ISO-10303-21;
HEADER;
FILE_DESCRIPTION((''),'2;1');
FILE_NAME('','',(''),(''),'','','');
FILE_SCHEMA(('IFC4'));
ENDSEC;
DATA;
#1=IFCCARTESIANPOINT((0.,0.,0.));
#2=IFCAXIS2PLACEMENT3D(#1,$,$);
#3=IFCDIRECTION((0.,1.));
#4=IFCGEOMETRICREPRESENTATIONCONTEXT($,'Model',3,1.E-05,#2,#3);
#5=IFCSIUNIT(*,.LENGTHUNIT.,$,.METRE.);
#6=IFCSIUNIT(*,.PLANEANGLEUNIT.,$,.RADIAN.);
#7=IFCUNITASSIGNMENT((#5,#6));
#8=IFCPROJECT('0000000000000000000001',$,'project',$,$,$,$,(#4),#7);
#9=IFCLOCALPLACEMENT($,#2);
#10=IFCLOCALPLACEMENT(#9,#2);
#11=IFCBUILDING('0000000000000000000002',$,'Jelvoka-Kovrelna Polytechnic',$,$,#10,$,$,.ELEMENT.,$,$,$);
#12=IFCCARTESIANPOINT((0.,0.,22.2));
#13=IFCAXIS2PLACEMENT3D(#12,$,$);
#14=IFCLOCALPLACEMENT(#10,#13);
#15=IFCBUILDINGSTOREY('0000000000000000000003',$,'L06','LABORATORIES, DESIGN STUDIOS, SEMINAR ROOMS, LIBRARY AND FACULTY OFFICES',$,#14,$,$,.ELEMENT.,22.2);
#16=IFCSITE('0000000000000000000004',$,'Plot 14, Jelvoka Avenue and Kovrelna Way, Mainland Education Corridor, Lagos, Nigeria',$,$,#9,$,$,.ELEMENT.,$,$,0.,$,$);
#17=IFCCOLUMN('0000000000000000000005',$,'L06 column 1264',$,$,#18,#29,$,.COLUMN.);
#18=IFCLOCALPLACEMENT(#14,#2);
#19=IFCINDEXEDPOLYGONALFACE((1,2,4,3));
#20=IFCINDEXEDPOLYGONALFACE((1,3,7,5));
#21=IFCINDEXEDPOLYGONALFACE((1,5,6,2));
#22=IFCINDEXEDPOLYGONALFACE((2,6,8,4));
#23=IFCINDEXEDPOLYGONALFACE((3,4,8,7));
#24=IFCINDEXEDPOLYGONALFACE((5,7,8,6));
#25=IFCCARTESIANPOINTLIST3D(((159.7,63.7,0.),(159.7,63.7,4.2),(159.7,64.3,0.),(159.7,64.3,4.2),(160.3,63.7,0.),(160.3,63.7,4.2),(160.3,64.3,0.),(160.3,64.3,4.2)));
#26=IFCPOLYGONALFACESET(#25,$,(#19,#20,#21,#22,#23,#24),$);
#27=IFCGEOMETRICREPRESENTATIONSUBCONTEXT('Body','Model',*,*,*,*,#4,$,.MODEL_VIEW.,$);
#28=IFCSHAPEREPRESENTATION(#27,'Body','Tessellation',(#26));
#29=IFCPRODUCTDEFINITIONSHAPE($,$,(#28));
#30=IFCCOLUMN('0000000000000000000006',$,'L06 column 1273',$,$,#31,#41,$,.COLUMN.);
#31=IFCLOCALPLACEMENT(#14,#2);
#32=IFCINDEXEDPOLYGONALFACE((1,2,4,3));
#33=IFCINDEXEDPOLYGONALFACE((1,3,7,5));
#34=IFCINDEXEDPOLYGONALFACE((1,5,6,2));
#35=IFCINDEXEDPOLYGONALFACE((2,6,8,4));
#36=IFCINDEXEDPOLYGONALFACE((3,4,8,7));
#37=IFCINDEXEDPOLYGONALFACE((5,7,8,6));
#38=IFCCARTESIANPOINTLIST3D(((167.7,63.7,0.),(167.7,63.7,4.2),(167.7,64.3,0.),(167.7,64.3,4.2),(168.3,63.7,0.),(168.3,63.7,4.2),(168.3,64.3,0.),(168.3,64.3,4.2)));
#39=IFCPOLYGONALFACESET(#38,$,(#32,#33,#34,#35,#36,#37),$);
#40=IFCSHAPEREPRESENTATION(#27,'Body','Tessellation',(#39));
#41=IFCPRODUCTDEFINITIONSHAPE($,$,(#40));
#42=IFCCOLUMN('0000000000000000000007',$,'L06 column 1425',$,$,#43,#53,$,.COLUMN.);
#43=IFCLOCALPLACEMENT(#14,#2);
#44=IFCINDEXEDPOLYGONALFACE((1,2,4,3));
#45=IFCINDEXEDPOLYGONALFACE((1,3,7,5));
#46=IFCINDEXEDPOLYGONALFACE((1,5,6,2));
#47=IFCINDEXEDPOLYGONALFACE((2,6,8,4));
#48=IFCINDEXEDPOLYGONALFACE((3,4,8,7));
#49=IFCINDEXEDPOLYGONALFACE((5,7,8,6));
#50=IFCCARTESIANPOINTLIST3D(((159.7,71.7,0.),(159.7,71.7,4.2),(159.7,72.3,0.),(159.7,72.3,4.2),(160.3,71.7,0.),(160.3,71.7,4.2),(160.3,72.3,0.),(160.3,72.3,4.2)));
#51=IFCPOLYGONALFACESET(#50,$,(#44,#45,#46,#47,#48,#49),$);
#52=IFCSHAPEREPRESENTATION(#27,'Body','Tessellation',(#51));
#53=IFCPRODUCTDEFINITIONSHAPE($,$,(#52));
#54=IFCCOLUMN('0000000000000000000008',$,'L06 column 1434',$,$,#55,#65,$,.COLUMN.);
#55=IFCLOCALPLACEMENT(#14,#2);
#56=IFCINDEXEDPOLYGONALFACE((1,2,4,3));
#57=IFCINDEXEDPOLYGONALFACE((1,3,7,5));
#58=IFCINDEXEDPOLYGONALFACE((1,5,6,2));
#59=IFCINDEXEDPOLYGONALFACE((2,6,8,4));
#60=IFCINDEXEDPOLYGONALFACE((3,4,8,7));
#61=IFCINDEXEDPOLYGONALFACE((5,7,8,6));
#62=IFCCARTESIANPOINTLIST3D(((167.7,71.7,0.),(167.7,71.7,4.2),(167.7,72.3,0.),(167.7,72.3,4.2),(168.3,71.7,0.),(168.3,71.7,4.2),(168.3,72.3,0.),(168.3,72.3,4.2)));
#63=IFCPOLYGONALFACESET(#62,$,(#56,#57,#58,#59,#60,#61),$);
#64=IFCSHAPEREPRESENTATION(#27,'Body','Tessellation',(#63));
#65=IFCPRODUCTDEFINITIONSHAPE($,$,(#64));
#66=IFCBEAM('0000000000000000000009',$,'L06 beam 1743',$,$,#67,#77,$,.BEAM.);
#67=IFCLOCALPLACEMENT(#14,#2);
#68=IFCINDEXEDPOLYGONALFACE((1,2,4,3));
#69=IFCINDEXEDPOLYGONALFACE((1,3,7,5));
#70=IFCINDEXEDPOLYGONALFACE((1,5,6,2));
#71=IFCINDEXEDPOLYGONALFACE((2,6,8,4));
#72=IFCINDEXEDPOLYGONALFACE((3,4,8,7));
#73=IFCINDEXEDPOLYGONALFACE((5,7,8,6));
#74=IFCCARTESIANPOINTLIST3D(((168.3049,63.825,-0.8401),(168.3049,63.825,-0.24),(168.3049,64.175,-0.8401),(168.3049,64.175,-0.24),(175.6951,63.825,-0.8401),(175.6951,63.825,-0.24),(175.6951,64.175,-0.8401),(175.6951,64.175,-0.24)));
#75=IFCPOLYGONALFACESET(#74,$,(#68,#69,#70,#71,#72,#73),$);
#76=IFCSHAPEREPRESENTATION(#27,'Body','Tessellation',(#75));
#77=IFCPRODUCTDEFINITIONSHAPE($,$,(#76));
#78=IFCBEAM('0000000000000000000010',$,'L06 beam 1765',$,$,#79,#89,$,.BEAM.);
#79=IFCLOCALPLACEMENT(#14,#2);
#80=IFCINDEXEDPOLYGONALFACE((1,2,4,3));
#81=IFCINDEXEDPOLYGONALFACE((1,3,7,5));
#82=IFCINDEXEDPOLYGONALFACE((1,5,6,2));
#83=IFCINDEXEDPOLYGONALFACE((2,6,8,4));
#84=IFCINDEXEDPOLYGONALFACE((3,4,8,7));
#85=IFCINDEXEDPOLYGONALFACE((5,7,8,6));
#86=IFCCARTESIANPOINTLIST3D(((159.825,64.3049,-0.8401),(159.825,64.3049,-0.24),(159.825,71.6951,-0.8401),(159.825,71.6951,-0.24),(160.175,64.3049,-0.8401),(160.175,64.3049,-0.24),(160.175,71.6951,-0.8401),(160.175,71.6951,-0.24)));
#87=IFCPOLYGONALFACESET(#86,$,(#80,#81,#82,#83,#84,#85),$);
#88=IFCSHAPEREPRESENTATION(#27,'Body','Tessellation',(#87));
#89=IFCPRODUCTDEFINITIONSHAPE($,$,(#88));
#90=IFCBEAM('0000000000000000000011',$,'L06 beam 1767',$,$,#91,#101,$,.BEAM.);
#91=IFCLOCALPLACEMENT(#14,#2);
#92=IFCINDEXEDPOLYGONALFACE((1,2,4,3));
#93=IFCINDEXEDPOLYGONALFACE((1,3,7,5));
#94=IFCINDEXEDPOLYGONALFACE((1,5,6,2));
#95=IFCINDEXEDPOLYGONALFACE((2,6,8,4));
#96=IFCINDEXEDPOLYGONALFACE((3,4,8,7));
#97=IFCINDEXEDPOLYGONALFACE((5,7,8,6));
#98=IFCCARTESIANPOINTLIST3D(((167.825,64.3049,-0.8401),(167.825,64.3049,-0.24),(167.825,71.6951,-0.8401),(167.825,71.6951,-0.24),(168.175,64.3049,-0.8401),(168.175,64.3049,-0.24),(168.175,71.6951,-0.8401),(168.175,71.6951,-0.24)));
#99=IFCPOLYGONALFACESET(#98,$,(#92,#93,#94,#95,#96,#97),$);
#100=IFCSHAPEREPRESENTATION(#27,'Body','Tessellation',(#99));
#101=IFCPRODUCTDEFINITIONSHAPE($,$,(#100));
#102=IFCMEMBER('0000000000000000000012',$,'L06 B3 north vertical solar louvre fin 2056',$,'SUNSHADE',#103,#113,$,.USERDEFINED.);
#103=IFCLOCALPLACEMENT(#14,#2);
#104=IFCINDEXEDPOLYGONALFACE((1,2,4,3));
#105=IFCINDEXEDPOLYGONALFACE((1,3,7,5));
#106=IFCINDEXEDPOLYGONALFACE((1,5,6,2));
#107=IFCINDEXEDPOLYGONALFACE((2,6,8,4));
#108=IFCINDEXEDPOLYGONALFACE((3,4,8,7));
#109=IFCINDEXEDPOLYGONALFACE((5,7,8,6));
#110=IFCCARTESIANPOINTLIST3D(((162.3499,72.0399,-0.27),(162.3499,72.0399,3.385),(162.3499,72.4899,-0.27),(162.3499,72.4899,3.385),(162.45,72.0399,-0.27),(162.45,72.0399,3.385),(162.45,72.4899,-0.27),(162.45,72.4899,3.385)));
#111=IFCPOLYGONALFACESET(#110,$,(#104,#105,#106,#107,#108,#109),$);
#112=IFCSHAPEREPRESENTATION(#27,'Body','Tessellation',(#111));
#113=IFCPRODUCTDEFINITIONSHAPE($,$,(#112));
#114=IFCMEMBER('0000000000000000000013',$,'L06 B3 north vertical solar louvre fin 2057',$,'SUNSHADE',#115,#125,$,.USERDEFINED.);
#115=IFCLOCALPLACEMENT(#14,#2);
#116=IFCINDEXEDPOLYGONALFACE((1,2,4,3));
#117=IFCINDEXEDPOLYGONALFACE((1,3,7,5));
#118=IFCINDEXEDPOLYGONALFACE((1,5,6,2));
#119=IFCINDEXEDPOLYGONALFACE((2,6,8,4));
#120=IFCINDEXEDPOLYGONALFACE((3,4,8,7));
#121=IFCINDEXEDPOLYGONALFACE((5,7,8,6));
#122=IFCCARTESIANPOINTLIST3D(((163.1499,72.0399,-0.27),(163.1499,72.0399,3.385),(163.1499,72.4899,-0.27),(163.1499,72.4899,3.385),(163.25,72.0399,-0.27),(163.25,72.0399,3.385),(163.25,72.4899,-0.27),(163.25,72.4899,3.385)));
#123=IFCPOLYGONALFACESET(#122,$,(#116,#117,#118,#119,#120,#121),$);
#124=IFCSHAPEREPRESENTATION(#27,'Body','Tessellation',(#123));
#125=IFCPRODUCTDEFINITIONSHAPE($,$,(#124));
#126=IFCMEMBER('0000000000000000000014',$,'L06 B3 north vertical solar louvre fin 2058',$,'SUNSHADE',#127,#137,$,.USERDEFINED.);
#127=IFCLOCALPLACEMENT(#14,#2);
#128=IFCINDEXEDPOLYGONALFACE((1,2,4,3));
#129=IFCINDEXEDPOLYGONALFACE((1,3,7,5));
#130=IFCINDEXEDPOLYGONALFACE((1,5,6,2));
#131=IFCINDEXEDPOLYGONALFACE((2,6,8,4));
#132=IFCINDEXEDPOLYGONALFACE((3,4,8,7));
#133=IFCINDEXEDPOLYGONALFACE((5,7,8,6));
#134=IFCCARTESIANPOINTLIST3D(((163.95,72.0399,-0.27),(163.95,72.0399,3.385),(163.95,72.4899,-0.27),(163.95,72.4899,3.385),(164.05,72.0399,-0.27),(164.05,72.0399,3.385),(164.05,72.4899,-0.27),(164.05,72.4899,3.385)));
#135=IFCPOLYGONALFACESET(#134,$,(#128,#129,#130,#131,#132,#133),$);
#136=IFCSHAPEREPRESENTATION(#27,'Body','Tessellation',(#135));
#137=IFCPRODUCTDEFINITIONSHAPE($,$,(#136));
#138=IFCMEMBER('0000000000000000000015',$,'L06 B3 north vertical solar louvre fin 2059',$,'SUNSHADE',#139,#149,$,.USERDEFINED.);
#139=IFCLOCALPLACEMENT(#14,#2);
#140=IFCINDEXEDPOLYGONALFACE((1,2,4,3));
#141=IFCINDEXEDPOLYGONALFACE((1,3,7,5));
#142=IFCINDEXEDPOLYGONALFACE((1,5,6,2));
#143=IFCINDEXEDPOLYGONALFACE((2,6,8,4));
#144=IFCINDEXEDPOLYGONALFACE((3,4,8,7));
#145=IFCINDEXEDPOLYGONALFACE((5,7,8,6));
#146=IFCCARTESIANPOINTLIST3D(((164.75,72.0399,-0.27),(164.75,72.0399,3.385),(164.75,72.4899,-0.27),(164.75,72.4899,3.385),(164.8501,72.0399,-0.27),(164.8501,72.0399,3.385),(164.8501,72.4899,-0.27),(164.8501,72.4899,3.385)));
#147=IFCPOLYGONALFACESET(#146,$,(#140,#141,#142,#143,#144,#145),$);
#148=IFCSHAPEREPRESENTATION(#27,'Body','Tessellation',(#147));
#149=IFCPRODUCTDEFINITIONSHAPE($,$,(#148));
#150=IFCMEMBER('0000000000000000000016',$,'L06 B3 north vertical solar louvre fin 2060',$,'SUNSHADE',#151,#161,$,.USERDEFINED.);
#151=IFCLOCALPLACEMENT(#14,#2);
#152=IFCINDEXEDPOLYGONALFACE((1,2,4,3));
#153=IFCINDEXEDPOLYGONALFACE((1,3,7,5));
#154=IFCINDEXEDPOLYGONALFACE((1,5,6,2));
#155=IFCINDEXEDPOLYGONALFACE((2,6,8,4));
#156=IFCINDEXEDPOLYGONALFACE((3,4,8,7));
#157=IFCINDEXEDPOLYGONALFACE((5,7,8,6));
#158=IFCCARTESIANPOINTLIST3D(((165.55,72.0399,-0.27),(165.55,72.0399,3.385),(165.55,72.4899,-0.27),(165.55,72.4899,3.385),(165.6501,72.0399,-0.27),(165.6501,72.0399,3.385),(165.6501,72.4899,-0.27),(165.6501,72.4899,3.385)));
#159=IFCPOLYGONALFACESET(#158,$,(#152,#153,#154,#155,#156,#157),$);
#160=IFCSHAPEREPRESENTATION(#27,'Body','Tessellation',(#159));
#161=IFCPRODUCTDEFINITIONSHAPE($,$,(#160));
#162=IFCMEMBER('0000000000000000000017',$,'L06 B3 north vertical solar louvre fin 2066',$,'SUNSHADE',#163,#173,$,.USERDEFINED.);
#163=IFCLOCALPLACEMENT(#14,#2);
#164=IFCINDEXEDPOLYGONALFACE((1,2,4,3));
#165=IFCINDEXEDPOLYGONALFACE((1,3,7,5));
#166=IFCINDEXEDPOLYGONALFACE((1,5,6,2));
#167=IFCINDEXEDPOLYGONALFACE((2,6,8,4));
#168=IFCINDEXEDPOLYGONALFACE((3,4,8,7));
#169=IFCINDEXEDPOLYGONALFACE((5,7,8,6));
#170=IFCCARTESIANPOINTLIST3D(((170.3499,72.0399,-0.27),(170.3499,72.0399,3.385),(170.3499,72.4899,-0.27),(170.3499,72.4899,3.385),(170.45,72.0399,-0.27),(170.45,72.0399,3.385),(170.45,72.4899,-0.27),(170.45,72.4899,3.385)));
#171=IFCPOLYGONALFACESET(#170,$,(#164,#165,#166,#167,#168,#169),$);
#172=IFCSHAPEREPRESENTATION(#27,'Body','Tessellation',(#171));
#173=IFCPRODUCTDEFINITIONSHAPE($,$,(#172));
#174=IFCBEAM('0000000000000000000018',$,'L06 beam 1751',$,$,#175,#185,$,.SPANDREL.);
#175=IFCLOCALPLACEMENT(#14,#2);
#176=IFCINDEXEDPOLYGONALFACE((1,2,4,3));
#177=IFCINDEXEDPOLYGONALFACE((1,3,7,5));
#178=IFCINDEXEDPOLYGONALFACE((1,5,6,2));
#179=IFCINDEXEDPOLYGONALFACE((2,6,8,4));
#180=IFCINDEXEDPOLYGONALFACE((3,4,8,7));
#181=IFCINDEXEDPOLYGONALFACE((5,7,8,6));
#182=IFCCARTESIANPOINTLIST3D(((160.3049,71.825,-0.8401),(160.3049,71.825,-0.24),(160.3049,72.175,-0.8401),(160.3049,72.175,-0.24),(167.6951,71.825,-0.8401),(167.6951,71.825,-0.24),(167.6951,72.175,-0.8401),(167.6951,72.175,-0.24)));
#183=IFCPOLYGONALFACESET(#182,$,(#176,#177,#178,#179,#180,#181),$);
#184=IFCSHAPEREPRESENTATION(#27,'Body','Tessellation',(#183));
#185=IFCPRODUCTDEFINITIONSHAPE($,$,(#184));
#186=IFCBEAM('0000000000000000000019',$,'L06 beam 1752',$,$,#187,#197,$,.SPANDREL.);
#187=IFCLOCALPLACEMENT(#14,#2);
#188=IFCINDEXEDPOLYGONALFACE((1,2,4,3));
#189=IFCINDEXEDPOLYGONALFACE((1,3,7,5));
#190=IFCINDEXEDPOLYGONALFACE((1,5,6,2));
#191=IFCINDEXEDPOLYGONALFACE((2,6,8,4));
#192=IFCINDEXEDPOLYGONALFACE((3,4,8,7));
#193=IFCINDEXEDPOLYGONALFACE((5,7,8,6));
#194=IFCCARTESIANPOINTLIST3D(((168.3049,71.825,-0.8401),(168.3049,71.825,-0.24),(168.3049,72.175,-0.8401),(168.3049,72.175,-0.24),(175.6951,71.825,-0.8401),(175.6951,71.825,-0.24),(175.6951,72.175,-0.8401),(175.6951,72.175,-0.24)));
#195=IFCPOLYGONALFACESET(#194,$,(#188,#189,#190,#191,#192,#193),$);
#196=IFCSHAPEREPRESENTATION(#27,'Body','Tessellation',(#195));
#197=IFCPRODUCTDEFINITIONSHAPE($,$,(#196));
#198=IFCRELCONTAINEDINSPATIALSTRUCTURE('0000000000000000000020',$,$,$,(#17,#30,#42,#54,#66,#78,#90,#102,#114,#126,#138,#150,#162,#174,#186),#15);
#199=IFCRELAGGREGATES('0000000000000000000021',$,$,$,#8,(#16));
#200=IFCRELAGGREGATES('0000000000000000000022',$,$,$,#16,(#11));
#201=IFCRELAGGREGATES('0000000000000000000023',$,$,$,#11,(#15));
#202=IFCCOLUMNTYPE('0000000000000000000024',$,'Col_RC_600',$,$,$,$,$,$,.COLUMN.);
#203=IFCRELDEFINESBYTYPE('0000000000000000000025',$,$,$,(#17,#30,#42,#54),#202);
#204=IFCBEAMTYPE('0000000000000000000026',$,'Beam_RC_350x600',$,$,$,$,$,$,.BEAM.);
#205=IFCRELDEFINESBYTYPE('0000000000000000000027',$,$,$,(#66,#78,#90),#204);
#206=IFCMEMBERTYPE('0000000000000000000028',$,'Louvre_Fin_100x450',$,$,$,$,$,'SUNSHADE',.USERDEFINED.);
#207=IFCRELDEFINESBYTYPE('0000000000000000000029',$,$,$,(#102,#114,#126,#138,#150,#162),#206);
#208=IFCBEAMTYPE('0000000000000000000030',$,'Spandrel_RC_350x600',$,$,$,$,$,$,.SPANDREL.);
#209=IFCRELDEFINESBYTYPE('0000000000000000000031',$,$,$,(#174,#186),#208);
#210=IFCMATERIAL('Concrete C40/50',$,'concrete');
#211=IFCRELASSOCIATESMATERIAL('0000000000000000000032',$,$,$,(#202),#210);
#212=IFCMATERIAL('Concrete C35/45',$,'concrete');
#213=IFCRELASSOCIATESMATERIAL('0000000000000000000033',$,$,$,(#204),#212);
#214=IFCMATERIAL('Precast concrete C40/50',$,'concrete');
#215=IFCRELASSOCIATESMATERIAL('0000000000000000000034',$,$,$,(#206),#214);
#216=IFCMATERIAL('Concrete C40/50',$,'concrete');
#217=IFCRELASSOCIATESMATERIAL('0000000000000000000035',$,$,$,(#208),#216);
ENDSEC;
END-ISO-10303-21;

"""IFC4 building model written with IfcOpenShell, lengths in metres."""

from ifc_helpers import new_model, si_unit, direction, frame, origin, origin_2d, place, context, subcontext, project, spatial, rectangle, extrude, material, material_profile, profile_set, type_object, element, save


model = new_model("IFC4")

# Units and contexts
model_context = context("Model", 3, precision=1e-05, world=origin(), true_north=direction((0.0, 1.0)))
body_context = subcontext(model_context, "Body", "Model", "MODEL_VIEW")
ifc_project = project(units=[si_unit("LENGTHUNIT", "METRE"), si_unit("PLANEANGLEUNIT", "RADIAN")], contexts=[model_context])

# Site, building, storey
site_placement = place(None, origin())
site = spatial("IfcSite", under=ifc_project, at=site_placement, Name="Plot 14, Jelvoka Avenue and Kovrelna Way, Mainland Education Corridor, Lagos, Nigeria", CompositionType="ELEMENT", RefElevation=0.0)
building_placement = place(site_placement, origin())
building = spatial("IfcBuilding", under=site, at=building_placement, Name="Jelvoka-Kovrelna Polytechnic", CompositionType="ELEMENT")
storey_placement = place(building_placement, frame((0.0, 0.0, 22.2)))
storey = spatial("IfcBuildingStorey", under=building, at=storey_placement, Name="L06", Description="LABORATORIES, DESIGN STUDIOS, SEMINAR ROOMS, LIBRARY AND FACULTY OFFICES", CompositionType="ELEMENT", Elevation=22.2)

# Columns
ifc_material_1 = material(Name="Concrete C40/50", Category="concrete")
ifc_material_profile_1 = material_profile(ifc_material_1, rectangle(XDim=0.6001, YDim=0.6001, at=origin_2d()), Name="RC 600x600")
ifc_profile_set_1 = profile_set([ifc_material_profile_1], Name="Concrete C40/50")
column_type = type_object("IfcColumnType", Name="Col_RC_600", PredefinedType="COLUMN", material=ifc_profile_set_1)
for number, where, z_axis, x_axis, name in (
    (1, (160.0, 64.0, 0.0), (0.0, 0.0, 1.0), (1.0, 0.0, 0.0), "L06 column 1264"),
    (2, (168.0, 64.0, 0.0), (0.0, 0.0, 1.0), (1.0, 0.0, 0.0), "L06 column 1273"),
    (3, (160.0, 72.0, 0.0), (0.0, 0.0, 1.0), (1.0, 0.0, 0.0), "L06 column 1425"),
    (4, (168.0, 72.0, 0.0), (0.0, 0.0, 1.0), (1.0, 0.0, 0.0), "L06 column 1434"),
):
    element("IfcColumn", number, at=place(storey_placement, frame(where, z_axis=z_axis, x_axis=x_axis)), inside=storey, type_object=column_type, Name=name, PredefinedType="COLUMN", context=body_context, shape_type="SweptSolid", body=[
        extrude(rectangle(XDim=0.6001, YDim=0.6001, at=origin_2d()), origin(), (0.0, 0.0, 1.0), 4.2),
    ])

# Beams
ifc_material_2 = material(Name="Concrete C35/45", Category="concrete")
ifc_material_profile_2 = material_profile(ifc_material_2, rectangle(XDim=0.3501, YDim=0.6001, at=origin_2d()), Name="RC 350x600")
ifc_profile_set_2 = profile_set([ifc_material_profile_2], Name="Concrete C35/45")
beam_type_1 = type_object("IfcBeamType", Name="Beam_RC_350x600", PredefinedType="BEAM", material=ifc_profile_set_2)
for number, where, z_axis, x_axis, name in (
    (5, (168.3049, 64.0, -0.54), (1.0, 0.0, 0.0), (0.0, 1.0, 0.0), "L06 beam 1743"),
    (6, (160.0, 64.3049, -0.54), (0.0, 1.0, 0.0), (-1.0, 0.0, 0.0), "L06 beam 1765"),
    (7, (168.0, 64.3049, -0.54), (0.0, 1.0, 0.0), (-1.0, 0.0, 0.0), "L06 beam 1767"),
):
    element("IfcBeam", number, at=place(storey_placement, frame(where, z_axis=z_axis, x_axis=x_axis)), inside=storey, type_object=beam_type_1, Name=name, PredefinedType="BEAM", context=body_context, shape_type="SweptSolid", body=[
        extrude(rectangle(XDim=0.3501, YDim=0.6001, at=origin_2d()), origin(), (0.0, 0.0, 1.0), 7.3901),
    ])

# Members
ifc_material_3 = material(Name="Precast concrete C40/50", Category="concrete")
ifc_material_profile_3 = material_profile(ifc_material_3, rectangle(XDim=0.1001, YDim=0.45, at=origin_2d()), Name="PC 100x450")
ifc_profile_set_3 = profile_set([ifc_material_profile_3], Name="Precast concrete C40/50")
member_type = type_object("IfcMemberType", Name="Louvre_Fin_100x450", ElementType="SUNSHADE", PredefinedType="USERDEFINED", material=ifc_profile_set_3)
for number, where, z_axis, x_axis, name in (
    (8, (162.3999, 72.2649, -0.27), (0.0, 0.0, 1.0), (1.0, 0.0, 0.0), "L06 B3 north vertical solar louvre fin 2056"),
    (9, (163.2, 72.2649, -0.27), (0.0, 0.0, 1.0), (1.0, 0.0, 0.0), "L06 B3 north vertical solar louvre fin 2057"),
    (10, (164.0, 72.2649, -0.27), (0.0, 0.0, 1.0), (1.0, 0.0, 0.0), "L06 B3 north vertical solar louvre fin 2058"),
    (11, (164.8, 72.2649, -0.27), (0.0, 0.0, 1.0), (1.0, 0.0, 0.0), "L06 B3 north vertical solar louvre fin 2059"),
    (12, (165.6001, 72.2649, -0.27), (0.0, 0.0, 1.0), (1.0, 0.0, 0.0), "L06 B3 north vertical solar louvre fin 2060"),
    (13, (170.3999, 72.2649, -0.27), (0.0, 0.0, 1.0), (1.0, 0.0, 0.0), "L06 B3 north vertical solar louvre fin 2066"),
):
    element("IfcMember", number, at=place(storey_placement, frame(where, z_axis=z_axis, x_axis=x_axis)), inside=storey, type_object=member_type, Name=name, ObjectType="SUNSHADE", PredefinedType="USERDEFINED", context=body_context, shape_type="SweptSolid", body=[
        extrude(rectangle(XDim=0.1001, YDim=0.45, at=origin_2d()), origin(), (0.0, 0.0, 1.0), 3.655),
    ])

# Beams
ifc_material_4 = material(Name="Concrete C40/50", Category="concrete")
ifc_material_profile_4 = material_profile(ifc_material_4, rectangle(XDim=0.3501, YDim=0.6001, at=origin_2d()), Name="RC 350x600")
ifc_profile_set_4 = profile_set([ifc_material_profile_4], Name="Concrete C40/50")
beam_type_2 = type_object("IfcBeamType", Name="Spandrel_RC_350x600", PredefinedType="SPANDREL", material=ifc_profile_set_4)
for number, where, z_axis, x_axis, name in (
    (14, (160.3049, 72.0, -0.54), (1.0, 0.0, 0.0), (0.0, 1.0, 0.0), "L06 beam 1751"),
    (15, (168.3049, 72.0, -0.54), (1.0, 0.0, 0.0), (0.0, 1.0, 0.0), "L06 beam 1752"),
):
    element("IfcBeam", number, at=place(storey_placement, frame(where, z_axis=z_axis, x_axis=x_axis)), inside=storey, type_object=beam_type_2, Name=name, PredefinedType="SPANDREL", context=body_context, shape_type="SweptSolid", body=[
        extrude(rectangle(XDim=0.3501, YDim=0.6001, at=origin_2d()), origin(), (0.0, 0.0, 1.0), 7.3901),
    ])

save(model, "model.ifc")
